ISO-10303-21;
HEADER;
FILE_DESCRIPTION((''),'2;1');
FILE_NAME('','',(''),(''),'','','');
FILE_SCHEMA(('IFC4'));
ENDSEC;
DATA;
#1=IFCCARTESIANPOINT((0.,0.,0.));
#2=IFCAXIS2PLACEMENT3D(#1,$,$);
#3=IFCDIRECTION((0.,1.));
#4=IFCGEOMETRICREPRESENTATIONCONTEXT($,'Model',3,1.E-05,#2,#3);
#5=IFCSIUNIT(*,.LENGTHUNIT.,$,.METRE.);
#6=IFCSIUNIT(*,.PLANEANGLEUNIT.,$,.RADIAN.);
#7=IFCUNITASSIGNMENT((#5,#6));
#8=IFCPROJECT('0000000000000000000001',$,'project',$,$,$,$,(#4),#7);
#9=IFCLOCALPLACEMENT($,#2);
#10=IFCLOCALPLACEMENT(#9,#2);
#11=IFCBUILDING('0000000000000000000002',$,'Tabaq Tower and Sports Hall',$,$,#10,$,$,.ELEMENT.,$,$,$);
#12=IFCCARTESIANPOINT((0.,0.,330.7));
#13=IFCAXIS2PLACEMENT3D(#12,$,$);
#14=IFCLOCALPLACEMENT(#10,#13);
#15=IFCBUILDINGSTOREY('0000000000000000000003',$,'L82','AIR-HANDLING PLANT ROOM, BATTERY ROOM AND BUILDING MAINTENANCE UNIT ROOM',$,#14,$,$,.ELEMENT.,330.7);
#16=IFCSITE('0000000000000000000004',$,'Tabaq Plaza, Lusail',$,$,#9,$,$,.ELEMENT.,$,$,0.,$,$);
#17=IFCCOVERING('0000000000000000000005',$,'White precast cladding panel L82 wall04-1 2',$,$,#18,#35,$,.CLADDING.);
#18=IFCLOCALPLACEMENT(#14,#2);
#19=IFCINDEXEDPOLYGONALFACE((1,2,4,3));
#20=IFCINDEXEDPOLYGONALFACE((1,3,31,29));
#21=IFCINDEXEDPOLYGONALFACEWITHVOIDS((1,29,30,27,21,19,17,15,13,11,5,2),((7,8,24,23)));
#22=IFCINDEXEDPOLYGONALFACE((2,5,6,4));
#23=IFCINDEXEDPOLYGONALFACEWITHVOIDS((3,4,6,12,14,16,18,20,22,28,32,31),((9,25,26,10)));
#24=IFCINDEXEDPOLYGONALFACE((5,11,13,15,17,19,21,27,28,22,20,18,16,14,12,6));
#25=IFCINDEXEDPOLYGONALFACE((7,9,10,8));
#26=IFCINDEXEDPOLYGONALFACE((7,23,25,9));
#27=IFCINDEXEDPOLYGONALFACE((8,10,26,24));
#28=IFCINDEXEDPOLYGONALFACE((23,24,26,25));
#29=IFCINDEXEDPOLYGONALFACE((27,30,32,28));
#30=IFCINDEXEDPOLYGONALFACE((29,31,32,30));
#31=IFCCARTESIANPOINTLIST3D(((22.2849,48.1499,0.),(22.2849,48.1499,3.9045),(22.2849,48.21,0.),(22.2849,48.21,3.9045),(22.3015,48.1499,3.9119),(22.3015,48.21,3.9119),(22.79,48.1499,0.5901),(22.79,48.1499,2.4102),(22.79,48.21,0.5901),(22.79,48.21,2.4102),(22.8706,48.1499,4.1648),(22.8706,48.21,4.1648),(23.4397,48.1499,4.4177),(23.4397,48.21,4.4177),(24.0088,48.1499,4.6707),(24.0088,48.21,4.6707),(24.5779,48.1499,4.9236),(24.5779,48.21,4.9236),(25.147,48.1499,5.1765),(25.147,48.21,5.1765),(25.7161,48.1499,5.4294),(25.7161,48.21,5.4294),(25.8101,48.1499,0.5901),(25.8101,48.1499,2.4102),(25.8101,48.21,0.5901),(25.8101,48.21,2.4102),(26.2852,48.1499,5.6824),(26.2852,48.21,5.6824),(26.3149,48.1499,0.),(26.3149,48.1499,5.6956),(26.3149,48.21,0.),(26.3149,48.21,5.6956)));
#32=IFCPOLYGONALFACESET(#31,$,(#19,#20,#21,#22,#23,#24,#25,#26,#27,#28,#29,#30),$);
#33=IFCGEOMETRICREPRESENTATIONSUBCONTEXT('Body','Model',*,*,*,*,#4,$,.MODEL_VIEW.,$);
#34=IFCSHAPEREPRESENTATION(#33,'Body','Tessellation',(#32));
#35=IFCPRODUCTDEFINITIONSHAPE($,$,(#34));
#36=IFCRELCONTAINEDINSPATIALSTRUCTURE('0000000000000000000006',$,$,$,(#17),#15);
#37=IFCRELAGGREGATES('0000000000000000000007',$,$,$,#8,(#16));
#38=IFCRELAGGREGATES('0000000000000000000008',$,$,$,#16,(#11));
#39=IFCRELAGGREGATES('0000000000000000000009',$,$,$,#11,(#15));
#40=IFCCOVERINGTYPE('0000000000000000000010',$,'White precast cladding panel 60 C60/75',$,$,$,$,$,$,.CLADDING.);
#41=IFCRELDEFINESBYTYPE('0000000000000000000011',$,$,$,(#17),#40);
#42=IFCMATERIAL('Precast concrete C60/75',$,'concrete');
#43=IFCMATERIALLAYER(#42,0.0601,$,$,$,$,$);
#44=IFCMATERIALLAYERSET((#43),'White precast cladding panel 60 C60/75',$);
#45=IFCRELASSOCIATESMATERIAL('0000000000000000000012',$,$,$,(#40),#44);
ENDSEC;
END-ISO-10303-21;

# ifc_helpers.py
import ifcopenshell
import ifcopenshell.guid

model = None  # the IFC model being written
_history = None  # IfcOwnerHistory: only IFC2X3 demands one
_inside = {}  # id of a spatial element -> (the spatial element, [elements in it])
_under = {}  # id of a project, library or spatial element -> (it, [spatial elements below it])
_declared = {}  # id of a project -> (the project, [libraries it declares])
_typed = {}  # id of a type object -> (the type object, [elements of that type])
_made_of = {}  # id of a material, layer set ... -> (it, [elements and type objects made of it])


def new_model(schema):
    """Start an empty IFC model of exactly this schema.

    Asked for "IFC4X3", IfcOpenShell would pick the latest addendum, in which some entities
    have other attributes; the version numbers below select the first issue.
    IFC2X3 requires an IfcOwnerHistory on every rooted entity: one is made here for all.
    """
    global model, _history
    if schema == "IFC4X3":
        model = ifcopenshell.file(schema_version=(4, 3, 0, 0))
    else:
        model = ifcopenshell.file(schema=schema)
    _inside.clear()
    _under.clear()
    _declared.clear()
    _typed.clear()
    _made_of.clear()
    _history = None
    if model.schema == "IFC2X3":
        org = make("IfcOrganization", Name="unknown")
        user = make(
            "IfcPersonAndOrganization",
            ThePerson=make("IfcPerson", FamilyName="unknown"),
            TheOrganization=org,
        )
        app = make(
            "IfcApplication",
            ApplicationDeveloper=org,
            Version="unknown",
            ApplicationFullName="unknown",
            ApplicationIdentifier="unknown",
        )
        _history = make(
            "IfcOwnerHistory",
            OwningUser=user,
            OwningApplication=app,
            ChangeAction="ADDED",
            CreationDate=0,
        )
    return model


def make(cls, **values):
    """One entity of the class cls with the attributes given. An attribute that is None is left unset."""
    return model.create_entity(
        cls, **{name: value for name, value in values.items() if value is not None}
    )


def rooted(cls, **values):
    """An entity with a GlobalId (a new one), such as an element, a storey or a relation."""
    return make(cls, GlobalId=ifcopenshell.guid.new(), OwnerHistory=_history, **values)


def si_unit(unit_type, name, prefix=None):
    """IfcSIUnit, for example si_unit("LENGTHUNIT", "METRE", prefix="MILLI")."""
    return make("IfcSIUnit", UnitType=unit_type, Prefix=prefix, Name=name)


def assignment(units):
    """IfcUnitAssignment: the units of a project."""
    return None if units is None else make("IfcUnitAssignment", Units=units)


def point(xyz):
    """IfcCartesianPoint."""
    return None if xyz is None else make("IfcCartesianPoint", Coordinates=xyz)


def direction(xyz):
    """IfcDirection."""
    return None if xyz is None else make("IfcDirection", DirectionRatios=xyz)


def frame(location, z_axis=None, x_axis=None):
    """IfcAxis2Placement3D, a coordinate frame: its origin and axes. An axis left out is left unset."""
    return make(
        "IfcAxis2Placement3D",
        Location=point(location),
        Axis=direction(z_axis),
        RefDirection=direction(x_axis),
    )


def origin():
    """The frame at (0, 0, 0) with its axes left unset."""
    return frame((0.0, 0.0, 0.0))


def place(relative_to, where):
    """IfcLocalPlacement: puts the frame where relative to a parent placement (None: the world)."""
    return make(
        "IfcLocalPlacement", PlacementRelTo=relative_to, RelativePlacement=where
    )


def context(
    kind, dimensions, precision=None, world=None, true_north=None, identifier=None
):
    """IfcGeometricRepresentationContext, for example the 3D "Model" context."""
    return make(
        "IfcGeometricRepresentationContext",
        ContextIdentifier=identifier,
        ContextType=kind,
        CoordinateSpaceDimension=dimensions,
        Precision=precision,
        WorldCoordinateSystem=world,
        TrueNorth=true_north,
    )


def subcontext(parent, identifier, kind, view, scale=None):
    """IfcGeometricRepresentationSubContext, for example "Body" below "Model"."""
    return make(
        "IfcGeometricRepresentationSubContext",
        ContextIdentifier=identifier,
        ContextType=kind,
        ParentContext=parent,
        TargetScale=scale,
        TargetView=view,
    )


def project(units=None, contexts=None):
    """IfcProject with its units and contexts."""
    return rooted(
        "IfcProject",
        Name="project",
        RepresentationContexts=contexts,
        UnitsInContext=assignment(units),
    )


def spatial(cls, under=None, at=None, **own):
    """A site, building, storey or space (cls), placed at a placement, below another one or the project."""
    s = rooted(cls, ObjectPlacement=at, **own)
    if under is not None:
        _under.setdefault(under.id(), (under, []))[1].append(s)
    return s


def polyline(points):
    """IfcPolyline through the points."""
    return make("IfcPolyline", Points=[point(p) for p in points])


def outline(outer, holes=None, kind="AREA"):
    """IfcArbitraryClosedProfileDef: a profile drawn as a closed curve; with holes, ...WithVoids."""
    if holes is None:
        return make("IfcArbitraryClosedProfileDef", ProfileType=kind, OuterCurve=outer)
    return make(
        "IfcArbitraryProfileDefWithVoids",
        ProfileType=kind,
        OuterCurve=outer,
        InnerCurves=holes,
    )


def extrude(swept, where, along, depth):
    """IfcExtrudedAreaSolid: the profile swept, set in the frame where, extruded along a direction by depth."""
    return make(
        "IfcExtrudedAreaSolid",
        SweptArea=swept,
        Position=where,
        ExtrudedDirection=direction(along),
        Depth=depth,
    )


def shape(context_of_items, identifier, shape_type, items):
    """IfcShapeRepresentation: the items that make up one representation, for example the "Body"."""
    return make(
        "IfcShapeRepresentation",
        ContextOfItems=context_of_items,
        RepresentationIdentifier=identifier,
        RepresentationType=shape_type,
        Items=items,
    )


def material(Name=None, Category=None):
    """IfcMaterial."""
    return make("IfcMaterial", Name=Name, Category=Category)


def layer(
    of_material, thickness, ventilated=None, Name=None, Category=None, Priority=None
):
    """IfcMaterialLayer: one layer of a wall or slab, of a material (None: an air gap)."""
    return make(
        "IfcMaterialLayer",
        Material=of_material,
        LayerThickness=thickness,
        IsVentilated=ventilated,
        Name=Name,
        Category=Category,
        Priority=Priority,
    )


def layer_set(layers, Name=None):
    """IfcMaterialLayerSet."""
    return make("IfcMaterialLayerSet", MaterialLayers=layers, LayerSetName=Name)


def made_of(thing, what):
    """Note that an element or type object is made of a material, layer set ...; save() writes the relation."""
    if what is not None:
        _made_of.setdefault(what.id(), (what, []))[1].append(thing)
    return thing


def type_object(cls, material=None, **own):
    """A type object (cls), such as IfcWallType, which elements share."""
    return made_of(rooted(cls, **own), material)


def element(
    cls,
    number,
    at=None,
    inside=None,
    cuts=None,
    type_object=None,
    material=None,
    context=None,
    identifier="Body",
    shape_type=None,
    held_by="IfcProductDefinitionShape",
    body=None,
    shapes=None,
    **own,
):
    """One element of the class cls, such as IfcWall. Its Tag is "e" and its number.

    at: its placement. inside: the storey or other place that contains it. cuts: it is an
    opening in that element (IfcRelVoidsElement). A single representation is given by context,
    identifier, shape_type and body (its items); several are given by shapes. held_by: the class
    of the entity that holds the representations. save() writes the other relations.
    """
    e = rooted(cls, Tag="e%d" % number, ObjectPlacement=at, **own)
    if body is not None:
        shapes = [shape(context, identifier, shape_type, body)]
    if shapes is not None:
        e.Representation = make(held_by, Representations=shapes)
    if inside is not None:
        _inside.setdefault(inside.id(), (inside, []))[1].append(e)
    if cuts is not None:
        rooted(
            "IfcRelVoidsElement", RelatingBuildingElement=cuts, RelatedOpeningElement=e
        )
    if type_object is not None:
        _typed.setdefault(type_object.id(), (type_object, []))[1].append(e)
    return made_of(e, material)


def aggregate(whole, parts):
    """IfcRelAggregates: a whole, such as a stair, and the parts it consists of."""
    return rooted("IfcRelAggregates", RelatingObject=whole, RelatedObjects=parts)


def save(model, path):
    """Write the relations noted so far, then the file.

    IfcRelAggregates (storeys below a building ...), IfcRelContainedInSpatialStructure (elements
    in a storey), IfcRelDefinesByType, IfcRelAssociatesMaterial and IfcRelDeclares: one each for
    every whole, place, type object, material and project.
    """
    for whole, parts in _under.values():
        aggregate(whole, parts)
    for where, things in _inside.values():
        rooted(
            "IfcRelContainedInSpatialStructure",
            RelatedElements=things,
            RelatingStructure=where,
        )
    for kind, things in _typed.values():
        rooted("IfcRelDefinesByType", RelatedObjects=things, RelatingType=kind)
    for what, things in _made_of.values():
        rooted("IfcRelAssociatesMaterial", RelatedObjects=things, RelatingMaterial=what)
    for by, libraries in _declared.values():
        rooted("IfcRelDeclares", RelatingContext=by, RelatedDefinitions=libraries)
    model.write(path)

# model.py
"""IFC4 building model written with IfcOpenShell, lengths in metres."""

from ifc_helpers import new_model, si_unit, direction, frame, origin, place, context, subcontext, project, spatial, polyline, outline, extrude, material, layer, layer_set, type_object, element, save


model = new_model("IFC4")

# Units and contexts
model_context = context("Model", 3, precision=1e-05, world=origin(), true_north=direction((0.0, 1.0)))
body_context = subcontext(model_context, "Body", "Model", "MODEL_VIEW")
ifc_project = project(units=[si_unit("LENGTHUNIT", "METRE"), si_unit("PLANEANGLEUNIT", "RADIAN")], contexts=[model_context])

# Site, building, storey
site_placement = place(None, origin())
site = spatial("IfcSite", under=ifc_project, at=site_placement, Name="Tabaq Plaza, Lusail", CompositionType="ELEMENT", RefElevation=0.0)
building_placement = place(site_placement, origin())
building = spatial("IfcBuilding", under=site, at=building_placement, Name="Tabaq Tower and Sports Hall", CompositionType="ELEMENT")
storey_placement = place(building_placement, frame((0.0, 0.0, 330.7)))
storey = spatial("IfcBuildingStorey", under=building, at=storey_placement, Name="L82", Description="AIR-HANDLING PLANT ROOM, BATTERY ROOM AND BUILDING MAINTENANCE UNIT ROOM", CompositionType="ELEMENT", Elevation=330.7)

# Covering
ifc_material_1 = material(Name="Precast concrete C60/75", Category="concrete")
ifc_layer_1 = layer(ifc_material_1, 0.0601)
ifc_layer_set_1 = layer_set([ifc_layer_1], Name="White precast cladding panel 60 C60/75")
covering_type_1 = type_object("IfcCoveringType", Name="White precast cladding panel 60 C60/75", PredefinedType="CLADDING", material=ifc_layer_set_1)
covering_1_placement = place(storey_placement, frame((26.3149, 48.1799, 0.0), z_axis=(0.0, 0.0, 1.0), x_axis=(-1.0, 0.0, 0.0)))
element("IfcCovering", 1, at=covering_1_placement, inside=storey, type_object=covering_type_1, Name="White precast cladding panel L82 wall04-1 2", PredefinedType="CLADDING", context=body_context, shape_type="SweptSolid", body=[
    extrude(outline(polyline([(0.0, 0.0), (4.03, 0.0), (4.03, 3.9045), (4.0134, 3.9119), (3.4443, 4.1648), (2.8752, 4.4177), (2.3062, 4.6707), (1.7371, 4.9236), (1.168, 5.1765), (0.5989, 5.4294), (0.0298, 5.6824), (0.0, 5.6956), (0.0, 0.0)]), holes=[polyline([(0.5049, 0.5901), (0.5049, 2.4102), (3.5249, 2.4102), (3.5249, 0.5901), (0.5049, 0.5901)])]), frame((0.0, 0.03, 0.0), z_axis=(0.0, -1.0, 0.0), x_axis=(1.0, 0.0, 0.0)), (0.0, 0.0, 1.0), 0.0601),
])

save(model, "model.ifc")
